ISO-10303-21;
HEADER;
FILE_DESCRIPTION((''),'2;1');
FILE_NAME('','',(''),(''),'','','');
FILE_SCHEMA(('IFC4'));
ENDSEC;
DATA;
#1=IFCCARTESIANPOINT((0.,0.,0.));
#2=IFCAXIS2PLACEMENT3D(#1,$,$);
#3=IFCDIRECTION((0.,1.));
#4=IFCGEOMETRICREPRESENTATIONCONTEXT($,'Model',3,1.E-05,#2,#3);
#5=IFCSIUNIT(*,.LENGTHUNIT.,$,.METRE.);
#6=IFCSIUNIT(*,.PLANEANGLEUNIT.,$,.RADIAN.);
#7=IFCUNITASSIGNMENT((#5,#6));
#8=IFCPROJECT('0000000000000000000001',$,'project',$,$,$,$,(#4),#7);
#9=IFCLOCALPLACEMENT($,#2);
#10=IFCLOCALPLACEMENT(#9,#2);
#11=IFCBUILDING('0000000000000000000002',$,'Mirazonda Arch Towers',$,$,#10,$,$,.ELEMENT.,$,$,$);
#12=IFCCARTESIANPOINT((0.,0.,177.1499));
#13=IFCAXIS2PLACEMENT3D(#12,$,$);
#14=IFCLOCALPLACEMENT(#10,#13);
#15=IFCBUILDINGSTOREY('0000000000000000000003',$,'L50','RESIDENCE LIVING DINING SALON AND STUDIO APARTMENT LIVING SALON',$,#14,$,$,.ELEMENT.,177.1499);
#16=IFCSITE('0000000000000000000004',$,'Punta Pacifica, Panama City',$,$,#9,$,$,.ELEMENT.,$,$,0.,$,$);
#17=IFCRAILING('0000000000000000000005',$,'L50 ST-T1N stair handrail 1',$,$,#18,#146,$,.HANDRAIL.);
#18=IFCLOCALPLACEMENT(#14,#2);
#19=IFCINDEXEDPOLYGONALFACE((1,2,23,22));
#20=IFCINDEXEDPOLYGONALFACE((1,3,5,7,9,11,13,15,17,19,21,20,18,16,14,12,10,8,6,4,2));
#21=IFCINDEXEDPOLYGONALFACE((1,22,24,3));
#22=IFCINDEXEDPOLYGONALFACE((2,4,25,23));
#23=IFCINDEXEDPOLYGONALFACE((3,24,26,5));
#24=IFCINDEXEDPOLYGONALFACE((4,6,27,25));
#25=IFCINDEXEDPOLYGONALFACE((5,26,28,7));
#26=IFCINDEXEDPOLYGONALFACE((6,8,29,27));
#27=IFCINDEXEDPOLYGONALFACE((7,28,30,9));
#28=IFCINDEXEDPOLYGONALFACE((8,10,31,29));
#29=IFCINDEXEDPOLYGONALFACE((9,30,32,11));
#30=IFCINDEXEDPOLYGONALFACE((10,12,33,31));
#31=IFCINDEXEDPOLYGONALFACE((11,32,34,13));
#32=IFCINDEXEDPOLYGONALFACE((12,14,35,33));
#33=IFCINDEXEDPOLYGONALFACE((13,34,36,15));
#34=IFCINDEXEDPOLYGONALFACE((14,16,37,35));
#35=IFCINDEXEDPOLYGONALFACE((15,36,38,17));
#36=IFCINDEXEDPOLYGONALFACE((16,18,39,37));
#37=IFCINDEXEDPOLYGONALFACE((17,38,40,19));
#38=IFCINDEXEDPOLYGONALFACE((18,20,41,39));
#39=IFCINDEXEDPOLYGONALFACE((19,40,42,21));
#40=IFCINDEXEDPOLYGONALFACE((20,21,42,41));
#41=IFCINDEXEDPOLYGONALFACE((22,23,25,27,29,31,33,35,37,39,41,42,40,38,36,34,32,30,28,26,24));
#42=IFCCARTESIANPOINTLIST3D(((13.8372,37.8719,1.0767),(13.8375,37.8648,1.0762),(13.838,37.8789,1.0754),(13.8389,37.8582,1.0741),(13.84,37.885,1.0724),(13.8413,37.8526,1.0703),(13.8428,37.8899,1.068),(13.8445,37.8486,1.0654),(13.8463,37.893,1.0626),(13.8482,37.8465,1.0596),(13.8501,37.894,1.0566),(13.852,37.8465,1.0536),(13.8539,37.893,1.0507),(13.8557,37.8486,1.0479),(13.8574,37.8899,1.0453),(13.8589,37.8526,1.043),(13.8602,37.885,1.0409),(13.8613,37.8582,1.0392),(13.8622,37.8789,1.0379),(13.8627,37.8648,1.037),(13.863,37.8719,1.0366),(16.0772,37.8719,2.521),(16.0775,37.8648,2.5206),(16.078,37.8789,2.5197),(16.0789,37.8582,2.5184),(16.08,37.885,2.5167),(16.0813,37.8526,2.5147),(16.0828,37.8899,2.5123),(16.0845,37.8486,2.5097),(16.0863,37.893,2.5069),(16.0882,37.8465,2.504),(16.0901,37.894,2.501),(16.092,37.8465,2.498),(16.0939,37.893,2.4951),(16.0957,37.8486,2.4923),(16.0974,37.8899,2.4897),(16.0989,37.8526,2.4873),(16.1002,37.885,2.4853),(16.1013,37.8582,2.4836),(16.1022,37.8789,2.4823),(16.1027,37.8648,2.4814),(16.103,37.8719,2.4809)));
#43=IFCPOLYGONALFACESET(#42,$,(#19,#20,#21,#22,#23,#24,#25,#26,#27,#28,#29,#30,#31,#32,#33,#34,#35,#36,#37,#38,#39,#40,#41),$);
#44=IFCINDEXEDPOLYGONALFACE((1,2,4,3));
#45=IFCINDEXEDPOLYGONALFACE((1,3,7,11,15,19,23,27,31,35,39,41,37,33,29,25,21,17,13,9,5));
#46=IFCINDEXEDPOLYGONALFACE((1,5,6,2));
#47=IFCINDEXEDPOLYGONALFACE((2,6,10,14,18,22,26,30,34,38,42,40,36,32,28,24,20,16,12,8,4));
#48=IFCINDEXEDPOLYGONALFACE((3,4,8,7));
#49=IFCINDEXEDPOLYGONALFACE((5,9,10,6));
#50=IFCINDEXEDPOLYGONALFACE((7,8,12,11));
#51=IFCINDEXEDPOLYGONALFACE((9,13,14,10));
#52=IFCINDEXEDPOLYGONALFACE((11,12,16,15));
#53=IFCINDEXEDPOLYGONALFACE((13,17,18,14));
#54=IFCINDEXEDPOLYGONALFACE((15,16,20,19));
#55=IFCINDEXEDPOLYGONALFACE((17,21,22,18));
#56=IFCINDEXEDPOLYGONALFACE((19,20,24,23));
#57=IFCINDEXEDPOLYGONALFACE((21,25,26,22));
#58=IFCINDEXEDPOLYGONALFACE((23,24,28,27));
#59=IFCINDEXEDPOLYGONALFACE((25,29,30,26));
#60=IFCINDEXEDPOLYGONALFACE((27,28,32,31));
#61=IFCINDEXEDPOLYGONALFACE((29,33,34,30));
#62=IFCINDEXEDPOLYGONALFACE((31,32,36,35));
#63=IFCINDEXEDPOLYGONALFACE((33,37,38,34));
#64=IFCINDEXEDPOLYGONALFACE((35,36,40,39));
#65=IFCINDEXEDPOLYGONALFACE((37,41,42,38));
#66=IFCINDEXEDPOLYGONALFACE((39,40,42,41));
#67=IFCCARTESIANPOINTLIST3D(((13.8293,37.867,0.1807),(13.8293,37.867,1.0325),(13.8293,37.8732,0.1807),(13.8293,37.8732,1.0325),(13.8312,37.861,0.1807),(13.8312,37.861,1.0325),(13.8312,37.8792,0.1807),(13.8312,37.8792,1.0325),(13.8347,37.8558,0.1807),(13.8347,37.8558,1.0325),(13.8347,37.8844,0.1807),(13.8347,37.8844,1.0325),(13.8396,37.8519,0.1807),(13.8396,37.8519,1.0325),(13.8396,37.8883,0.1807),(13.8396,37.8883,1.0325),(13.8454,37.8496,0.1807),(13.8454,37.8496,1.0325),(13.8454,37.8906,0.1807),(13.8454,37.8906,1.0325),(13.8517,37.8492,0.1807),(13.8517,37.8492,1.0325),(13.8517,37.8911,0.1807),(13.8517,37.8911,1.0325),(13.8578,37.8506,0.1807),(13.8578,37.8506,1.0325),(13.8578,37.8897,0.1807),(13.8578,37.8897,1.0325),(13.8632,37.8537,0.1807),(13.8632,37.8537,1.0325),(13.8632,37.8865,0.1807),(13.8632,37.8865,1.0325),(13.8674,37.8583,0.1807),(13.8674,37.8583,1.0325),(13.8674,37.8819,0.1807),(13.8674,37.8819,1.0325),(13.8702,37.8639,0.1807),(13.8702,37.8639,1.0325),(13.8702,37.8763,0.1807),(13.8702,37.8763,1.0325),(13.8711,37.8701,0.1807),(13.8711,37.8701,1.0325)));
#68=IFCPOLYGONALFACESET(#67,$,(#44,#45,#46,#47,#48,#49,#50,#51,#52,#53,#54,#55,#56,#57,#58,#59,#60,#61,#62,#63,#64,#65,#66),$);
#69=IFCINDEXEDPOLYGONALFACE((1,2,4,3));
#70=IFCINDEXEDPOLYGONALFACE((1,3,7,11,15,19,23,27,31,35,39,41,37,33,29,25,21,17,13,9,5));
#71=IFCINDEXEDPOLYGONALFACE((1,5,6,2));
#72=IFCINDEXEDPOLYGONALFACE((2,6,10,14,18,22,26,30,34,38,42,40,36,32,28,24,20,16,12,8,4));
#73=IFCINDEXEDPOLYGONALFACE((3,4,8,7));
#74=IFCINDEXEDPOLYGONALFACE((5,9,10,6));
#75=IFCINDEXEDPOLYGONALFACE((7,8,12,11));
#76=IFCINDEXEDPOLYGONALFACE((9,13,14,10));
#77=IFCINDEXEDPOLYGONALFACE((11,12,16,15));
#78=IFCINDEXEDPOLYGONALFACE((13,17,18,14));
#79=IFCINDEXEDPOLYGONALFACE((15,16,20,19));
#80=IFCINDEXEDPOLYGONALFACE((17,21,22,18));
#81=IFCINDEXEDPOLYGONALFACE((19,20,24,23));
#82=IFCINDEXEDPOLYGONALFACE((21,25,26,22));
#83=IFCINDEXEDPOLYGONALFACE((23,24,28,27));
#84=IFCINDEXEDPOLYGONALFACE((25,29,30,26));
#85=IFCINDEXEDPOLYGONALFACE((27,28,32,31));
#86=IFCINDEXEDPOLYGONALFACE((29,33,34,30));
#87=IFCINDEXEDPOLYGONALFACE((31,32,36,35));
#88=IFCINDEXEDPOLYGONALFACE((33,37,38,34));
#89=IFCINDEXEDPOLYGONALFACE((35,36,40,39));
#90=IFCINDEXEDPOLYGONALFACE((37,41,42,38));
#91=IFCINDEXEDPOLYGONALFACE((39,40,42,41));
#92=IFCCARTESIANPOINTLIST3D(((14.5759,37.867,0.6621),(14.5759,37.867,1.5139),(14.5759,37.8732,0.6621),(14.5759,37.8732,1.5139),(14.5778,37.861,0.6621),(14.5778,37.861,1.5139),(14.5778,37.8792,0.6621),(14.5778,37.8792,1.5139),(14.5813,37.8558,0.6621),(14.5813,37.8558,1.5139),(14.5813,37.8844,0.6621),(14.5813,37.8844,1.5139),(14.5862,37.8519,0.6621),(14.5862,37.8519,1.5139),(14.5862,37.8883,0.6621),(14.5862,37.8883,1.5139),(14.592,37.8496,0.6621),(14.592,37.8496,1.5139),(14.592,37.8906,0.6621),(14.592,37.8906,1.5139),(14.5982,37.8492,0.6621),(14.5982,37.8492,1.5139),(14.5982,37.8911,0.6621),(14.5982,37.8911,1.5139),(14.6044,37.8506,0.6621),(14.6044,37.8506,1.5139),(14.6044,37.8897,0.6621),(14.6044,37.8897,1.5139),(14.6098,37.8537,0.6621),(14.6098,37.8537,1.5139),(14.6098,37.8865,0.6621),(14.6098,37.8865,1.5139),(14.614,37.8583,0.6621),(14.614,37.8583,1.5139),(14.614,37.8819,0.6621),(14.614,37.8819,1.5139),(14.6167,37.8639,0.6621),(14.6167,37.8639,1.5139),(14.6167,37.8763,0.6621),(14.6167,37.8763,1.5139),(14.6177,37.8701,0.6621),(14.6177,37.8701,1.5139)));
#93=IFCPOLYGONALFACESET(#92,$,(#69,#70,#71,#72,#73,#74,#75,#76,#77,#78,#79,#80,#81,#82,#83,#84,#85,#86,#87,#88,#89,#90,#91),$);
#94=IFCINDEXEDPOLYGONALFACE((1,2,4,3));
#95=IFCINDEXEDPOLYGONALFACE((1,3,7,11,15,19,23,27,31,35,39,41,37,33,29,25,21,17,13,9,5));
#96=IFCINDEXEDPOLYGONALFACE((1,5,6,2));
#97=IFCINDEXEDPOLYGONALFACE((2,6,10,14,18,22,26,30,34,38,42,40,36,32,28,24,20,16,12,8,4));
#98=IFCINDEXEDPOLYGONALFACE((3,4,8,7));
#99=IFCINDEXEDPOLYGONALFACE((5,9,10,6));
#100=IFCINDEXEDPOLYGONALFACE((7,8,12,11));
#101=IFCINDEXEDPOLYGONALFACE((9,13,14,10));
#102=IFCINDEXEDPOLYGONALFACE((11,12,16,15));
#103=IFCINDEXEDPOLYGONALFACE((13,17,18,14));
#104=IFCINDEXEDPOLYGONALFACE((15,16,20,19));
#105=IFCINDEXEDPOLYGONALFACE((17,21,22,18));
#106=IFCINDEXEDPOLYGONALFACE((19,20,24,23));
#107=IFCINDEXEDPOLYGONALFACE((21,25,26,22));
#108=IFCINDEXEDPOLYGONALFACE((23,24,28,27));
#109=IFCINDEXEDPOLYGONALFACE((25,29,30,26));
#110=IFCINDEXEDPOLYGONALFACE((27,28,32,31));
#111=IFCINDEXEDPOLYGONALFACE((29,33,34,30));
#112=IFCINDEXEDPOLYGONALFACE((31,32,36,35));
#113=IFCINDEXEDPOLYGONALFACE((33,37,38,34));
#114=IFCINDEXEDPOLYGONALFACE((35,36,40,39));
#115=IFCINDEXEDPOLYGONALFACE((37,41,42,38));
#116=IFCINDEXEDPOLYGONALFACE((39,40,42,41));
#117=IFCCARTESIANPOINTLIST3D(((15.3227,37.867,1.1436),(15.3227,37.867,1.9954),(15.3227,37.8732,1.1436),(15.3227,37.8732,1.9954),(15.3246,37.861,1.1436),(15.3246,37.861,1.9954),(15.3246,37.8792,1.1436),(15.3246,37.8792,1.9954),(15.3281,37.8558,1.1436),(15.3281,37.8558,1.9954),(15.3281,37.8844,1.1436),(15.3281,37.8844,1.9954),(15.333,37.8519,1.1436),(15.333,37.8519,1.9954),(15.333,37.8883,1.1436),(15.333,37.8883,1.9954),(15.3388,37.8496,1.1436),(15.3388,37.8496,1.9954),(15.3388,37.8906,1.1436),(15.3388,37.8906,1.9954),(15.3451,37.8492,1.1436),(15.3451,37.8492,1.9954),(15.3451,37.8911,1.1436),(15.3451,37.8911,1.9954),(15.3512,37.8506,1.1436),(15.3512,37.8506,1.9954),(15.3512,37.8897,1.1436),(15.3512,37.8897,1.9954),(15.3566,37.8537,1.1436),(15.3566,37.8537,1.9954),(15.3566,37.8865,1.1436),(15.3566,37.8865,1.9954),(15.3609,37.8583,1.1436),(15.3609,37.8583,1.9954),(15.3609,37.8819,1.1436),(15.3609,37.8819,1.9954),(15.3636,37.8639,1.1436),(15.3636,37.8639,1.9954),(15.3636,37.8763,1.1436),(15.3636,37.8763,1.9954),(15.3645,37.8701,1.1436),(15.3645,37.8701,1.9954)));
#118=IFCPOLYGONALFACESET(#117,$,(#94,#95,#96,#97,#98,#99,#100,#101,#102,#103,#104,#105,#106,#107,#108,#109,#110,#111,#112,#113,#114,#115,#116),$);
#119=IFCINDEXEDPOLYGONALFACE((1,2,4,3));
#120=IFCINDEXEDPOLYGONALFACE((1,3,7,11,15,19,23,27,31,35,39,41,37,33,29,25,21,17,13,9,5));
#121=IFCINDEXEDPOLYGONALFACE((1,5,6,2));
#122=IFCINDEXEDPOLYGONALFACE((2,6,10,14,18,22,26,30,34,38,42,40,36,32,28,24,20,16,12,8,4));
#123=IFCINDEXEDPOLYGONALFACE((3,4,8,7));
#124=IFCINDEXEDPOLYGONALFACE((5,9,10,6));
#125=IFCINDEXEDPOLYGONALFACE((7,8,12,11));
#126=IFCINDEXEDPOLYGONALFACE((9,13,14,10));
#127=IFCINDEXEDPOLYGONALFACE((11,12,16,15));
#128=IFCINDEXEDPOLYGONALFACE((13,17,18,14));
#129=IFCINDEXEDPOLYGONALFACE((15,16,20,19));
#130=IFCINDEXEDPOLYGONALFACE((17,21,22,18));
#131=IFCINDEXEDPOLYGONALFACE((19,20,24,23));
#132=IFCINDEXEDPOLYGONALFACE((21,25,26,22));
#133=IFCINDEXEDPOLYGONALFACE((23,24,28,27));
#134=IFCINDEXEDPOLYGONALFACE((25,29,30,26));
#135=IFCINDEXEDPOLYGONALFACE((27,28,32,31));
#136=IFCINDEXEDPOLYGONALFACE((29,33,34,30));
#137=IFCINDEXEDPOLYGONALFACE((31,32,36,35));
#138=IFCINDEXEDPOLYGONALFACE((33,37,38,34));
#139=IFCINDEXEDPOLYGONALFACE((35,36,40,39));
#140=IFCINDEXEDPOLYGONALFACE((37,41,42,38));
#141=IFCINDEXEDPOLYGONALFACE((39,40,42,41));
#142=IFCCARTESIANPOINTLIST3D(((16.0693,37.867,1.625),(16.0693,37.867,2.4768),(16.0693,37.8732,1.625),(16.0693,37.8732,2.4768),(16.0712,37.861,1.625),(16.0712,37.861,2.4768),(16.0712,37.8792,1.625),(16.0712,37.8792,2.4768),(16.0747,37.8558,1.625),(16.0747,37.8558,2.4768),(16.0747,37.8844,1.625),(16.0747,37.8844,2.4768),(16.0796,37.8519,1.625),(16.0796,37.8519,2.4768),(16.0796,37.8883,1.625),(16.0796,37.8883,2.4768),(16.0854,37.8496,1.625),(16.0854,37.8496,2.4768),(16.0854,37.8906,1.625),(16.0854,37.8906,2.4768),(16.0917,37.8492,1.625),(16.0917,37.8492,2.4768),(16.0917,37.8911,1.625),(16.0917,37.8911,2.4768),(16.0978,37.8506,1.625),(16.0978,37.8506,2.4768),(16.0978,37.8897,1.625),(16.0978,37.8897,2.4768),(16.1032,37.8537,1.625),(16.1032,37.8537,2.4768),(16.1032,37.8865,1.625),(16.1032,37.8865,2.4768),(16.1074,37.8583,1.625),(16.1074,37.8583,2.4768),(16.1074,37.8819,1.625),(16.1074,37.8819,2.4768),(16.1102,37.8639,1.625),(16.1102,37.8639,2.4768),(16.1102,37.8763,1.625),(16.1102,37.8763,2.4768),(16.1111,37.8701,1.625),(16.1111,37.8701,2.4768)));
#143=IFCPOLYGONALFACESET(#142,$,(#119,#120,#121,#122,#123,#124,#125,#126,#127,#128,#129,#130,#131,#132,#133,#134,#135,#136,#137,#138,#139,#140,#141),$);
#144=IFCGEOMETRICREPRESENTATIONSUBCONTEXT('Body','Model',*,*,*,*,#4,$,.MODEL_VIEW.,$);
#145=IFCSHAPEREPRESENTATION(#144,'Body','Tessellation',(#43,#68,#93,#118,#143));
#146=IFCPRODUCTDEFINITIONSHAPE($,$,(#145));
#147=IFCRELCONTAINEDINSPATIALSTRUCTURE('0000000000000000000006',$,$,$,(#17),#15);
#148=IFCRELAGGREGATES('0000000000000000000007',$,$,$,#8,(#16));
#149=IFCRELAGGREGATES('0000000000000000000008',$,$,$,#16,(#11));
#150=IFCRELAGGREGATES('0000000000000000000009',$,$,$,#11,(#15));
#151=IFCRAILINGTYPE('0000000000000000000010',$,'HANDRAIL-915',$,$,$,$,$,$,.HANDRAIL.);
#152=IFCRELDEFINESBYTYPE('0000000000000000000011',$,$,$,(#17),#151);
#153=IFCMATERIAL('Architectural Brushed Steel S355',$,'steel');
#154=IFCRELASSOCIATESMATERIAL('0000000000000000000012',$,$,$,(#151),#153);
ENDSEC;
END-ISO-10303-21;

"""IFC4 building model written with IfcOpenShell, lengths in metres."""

from ifc_helpers import new_model, si_unit, direction, frame, origin, origin_2d, place, context, subcontext, project, spatial, circle, extrude, material, type_object, element, save


model = new_model("IFC4")

# Units and contexts
model_context = context("Model", 3, precision=1e-05, world=origin(), true_north=direction((0.0, 1.0)))
body_context = subcontext(model_context, "Body", "Model", "MODEL_VIEW")
ifc_project = project(units=[si_unit("LENGTHUNIT", "METRE"), si_unit("PLANEANGLEUNIT", "RADIAN")], contexts=[model_context])

# Site, building, storey
site_placement = place(None, origin())
site = spatial("IfcSite", under=ifc_project, at=site_placement, Name="Punta Pacifica, Panama City", CompositionType="ELEMENT", RefElevation=0.0)
building_placement = place(site_placement, origin())
building = spatial("IfcBuilding", under=site, at=building_placement, Name="Mirazonda Arch Towers", CompositionType="ELEMENT")
storey_placement = place(building_placement, frame((0.0, 0.0, 177.1499)))
storey = spatial("IfcBuildingStorey", under=building, at=storey_placement, Name="L50", Description="RESIDENCE LIVING DINING SALON AND STUDIO APARTMENT LIVING SALON", CompositionType="ELEMENT", Elevation=177.1499)

# Shared definitions
ifc_material_1 = material(Name="Architectural Brushed Steel S355", Category="steel")

# Railing
railing_type_1 = type_object("IfcRailingType", Name="HANDRAIL-915", PredefinedType="HANDRAIL", material=ifc_material_1)
railing_1_placement = place(storey_placement, frame((13.8501, 37.8701, 0.1807)))
element("IfcRailing", 1, at=railing_1_placement, inside=storey, type_object=railing_type_1, Name="L50 ST-T1N stair handrail 1", PredefinedType="HANDRAIL", context=body_context, shape_type="SweptSolid", body=[
    extrude(circle(Radius=0.0239, at=origin_2d()), frame((0.0, 0.0, 0.876), z_axis=(0.840437, 0.0, 0.54191), x_axis=(0.0, 1.0, 0.0)), (0.0, 0.0, 1.0), 2.6653),
    extrude(circle(Radius=0.021, at=origin_2d()), origin(), (0.0, 0.0, 1.0), 0.8518),
    extrude(circle(Radius=0.021, at=origin_2d()), frame((0.7466, 0.0, 0.4814)), (0.0, 0.0, 1.0), 0.8518),
    extrude(circle(Radius=0.021, at=origin_2d()), frame((1.4934, 0.0, 0.9629)), (0.0, 0.0, 1.0), 0.8518),
    extrude(circle(Radius=0.021, at=origin_2d()), frame((2.24, 0.0, 1.4443)), (0.0, 0.0, 1.0), 0.8518),
])

save(model, "model.ifc")
